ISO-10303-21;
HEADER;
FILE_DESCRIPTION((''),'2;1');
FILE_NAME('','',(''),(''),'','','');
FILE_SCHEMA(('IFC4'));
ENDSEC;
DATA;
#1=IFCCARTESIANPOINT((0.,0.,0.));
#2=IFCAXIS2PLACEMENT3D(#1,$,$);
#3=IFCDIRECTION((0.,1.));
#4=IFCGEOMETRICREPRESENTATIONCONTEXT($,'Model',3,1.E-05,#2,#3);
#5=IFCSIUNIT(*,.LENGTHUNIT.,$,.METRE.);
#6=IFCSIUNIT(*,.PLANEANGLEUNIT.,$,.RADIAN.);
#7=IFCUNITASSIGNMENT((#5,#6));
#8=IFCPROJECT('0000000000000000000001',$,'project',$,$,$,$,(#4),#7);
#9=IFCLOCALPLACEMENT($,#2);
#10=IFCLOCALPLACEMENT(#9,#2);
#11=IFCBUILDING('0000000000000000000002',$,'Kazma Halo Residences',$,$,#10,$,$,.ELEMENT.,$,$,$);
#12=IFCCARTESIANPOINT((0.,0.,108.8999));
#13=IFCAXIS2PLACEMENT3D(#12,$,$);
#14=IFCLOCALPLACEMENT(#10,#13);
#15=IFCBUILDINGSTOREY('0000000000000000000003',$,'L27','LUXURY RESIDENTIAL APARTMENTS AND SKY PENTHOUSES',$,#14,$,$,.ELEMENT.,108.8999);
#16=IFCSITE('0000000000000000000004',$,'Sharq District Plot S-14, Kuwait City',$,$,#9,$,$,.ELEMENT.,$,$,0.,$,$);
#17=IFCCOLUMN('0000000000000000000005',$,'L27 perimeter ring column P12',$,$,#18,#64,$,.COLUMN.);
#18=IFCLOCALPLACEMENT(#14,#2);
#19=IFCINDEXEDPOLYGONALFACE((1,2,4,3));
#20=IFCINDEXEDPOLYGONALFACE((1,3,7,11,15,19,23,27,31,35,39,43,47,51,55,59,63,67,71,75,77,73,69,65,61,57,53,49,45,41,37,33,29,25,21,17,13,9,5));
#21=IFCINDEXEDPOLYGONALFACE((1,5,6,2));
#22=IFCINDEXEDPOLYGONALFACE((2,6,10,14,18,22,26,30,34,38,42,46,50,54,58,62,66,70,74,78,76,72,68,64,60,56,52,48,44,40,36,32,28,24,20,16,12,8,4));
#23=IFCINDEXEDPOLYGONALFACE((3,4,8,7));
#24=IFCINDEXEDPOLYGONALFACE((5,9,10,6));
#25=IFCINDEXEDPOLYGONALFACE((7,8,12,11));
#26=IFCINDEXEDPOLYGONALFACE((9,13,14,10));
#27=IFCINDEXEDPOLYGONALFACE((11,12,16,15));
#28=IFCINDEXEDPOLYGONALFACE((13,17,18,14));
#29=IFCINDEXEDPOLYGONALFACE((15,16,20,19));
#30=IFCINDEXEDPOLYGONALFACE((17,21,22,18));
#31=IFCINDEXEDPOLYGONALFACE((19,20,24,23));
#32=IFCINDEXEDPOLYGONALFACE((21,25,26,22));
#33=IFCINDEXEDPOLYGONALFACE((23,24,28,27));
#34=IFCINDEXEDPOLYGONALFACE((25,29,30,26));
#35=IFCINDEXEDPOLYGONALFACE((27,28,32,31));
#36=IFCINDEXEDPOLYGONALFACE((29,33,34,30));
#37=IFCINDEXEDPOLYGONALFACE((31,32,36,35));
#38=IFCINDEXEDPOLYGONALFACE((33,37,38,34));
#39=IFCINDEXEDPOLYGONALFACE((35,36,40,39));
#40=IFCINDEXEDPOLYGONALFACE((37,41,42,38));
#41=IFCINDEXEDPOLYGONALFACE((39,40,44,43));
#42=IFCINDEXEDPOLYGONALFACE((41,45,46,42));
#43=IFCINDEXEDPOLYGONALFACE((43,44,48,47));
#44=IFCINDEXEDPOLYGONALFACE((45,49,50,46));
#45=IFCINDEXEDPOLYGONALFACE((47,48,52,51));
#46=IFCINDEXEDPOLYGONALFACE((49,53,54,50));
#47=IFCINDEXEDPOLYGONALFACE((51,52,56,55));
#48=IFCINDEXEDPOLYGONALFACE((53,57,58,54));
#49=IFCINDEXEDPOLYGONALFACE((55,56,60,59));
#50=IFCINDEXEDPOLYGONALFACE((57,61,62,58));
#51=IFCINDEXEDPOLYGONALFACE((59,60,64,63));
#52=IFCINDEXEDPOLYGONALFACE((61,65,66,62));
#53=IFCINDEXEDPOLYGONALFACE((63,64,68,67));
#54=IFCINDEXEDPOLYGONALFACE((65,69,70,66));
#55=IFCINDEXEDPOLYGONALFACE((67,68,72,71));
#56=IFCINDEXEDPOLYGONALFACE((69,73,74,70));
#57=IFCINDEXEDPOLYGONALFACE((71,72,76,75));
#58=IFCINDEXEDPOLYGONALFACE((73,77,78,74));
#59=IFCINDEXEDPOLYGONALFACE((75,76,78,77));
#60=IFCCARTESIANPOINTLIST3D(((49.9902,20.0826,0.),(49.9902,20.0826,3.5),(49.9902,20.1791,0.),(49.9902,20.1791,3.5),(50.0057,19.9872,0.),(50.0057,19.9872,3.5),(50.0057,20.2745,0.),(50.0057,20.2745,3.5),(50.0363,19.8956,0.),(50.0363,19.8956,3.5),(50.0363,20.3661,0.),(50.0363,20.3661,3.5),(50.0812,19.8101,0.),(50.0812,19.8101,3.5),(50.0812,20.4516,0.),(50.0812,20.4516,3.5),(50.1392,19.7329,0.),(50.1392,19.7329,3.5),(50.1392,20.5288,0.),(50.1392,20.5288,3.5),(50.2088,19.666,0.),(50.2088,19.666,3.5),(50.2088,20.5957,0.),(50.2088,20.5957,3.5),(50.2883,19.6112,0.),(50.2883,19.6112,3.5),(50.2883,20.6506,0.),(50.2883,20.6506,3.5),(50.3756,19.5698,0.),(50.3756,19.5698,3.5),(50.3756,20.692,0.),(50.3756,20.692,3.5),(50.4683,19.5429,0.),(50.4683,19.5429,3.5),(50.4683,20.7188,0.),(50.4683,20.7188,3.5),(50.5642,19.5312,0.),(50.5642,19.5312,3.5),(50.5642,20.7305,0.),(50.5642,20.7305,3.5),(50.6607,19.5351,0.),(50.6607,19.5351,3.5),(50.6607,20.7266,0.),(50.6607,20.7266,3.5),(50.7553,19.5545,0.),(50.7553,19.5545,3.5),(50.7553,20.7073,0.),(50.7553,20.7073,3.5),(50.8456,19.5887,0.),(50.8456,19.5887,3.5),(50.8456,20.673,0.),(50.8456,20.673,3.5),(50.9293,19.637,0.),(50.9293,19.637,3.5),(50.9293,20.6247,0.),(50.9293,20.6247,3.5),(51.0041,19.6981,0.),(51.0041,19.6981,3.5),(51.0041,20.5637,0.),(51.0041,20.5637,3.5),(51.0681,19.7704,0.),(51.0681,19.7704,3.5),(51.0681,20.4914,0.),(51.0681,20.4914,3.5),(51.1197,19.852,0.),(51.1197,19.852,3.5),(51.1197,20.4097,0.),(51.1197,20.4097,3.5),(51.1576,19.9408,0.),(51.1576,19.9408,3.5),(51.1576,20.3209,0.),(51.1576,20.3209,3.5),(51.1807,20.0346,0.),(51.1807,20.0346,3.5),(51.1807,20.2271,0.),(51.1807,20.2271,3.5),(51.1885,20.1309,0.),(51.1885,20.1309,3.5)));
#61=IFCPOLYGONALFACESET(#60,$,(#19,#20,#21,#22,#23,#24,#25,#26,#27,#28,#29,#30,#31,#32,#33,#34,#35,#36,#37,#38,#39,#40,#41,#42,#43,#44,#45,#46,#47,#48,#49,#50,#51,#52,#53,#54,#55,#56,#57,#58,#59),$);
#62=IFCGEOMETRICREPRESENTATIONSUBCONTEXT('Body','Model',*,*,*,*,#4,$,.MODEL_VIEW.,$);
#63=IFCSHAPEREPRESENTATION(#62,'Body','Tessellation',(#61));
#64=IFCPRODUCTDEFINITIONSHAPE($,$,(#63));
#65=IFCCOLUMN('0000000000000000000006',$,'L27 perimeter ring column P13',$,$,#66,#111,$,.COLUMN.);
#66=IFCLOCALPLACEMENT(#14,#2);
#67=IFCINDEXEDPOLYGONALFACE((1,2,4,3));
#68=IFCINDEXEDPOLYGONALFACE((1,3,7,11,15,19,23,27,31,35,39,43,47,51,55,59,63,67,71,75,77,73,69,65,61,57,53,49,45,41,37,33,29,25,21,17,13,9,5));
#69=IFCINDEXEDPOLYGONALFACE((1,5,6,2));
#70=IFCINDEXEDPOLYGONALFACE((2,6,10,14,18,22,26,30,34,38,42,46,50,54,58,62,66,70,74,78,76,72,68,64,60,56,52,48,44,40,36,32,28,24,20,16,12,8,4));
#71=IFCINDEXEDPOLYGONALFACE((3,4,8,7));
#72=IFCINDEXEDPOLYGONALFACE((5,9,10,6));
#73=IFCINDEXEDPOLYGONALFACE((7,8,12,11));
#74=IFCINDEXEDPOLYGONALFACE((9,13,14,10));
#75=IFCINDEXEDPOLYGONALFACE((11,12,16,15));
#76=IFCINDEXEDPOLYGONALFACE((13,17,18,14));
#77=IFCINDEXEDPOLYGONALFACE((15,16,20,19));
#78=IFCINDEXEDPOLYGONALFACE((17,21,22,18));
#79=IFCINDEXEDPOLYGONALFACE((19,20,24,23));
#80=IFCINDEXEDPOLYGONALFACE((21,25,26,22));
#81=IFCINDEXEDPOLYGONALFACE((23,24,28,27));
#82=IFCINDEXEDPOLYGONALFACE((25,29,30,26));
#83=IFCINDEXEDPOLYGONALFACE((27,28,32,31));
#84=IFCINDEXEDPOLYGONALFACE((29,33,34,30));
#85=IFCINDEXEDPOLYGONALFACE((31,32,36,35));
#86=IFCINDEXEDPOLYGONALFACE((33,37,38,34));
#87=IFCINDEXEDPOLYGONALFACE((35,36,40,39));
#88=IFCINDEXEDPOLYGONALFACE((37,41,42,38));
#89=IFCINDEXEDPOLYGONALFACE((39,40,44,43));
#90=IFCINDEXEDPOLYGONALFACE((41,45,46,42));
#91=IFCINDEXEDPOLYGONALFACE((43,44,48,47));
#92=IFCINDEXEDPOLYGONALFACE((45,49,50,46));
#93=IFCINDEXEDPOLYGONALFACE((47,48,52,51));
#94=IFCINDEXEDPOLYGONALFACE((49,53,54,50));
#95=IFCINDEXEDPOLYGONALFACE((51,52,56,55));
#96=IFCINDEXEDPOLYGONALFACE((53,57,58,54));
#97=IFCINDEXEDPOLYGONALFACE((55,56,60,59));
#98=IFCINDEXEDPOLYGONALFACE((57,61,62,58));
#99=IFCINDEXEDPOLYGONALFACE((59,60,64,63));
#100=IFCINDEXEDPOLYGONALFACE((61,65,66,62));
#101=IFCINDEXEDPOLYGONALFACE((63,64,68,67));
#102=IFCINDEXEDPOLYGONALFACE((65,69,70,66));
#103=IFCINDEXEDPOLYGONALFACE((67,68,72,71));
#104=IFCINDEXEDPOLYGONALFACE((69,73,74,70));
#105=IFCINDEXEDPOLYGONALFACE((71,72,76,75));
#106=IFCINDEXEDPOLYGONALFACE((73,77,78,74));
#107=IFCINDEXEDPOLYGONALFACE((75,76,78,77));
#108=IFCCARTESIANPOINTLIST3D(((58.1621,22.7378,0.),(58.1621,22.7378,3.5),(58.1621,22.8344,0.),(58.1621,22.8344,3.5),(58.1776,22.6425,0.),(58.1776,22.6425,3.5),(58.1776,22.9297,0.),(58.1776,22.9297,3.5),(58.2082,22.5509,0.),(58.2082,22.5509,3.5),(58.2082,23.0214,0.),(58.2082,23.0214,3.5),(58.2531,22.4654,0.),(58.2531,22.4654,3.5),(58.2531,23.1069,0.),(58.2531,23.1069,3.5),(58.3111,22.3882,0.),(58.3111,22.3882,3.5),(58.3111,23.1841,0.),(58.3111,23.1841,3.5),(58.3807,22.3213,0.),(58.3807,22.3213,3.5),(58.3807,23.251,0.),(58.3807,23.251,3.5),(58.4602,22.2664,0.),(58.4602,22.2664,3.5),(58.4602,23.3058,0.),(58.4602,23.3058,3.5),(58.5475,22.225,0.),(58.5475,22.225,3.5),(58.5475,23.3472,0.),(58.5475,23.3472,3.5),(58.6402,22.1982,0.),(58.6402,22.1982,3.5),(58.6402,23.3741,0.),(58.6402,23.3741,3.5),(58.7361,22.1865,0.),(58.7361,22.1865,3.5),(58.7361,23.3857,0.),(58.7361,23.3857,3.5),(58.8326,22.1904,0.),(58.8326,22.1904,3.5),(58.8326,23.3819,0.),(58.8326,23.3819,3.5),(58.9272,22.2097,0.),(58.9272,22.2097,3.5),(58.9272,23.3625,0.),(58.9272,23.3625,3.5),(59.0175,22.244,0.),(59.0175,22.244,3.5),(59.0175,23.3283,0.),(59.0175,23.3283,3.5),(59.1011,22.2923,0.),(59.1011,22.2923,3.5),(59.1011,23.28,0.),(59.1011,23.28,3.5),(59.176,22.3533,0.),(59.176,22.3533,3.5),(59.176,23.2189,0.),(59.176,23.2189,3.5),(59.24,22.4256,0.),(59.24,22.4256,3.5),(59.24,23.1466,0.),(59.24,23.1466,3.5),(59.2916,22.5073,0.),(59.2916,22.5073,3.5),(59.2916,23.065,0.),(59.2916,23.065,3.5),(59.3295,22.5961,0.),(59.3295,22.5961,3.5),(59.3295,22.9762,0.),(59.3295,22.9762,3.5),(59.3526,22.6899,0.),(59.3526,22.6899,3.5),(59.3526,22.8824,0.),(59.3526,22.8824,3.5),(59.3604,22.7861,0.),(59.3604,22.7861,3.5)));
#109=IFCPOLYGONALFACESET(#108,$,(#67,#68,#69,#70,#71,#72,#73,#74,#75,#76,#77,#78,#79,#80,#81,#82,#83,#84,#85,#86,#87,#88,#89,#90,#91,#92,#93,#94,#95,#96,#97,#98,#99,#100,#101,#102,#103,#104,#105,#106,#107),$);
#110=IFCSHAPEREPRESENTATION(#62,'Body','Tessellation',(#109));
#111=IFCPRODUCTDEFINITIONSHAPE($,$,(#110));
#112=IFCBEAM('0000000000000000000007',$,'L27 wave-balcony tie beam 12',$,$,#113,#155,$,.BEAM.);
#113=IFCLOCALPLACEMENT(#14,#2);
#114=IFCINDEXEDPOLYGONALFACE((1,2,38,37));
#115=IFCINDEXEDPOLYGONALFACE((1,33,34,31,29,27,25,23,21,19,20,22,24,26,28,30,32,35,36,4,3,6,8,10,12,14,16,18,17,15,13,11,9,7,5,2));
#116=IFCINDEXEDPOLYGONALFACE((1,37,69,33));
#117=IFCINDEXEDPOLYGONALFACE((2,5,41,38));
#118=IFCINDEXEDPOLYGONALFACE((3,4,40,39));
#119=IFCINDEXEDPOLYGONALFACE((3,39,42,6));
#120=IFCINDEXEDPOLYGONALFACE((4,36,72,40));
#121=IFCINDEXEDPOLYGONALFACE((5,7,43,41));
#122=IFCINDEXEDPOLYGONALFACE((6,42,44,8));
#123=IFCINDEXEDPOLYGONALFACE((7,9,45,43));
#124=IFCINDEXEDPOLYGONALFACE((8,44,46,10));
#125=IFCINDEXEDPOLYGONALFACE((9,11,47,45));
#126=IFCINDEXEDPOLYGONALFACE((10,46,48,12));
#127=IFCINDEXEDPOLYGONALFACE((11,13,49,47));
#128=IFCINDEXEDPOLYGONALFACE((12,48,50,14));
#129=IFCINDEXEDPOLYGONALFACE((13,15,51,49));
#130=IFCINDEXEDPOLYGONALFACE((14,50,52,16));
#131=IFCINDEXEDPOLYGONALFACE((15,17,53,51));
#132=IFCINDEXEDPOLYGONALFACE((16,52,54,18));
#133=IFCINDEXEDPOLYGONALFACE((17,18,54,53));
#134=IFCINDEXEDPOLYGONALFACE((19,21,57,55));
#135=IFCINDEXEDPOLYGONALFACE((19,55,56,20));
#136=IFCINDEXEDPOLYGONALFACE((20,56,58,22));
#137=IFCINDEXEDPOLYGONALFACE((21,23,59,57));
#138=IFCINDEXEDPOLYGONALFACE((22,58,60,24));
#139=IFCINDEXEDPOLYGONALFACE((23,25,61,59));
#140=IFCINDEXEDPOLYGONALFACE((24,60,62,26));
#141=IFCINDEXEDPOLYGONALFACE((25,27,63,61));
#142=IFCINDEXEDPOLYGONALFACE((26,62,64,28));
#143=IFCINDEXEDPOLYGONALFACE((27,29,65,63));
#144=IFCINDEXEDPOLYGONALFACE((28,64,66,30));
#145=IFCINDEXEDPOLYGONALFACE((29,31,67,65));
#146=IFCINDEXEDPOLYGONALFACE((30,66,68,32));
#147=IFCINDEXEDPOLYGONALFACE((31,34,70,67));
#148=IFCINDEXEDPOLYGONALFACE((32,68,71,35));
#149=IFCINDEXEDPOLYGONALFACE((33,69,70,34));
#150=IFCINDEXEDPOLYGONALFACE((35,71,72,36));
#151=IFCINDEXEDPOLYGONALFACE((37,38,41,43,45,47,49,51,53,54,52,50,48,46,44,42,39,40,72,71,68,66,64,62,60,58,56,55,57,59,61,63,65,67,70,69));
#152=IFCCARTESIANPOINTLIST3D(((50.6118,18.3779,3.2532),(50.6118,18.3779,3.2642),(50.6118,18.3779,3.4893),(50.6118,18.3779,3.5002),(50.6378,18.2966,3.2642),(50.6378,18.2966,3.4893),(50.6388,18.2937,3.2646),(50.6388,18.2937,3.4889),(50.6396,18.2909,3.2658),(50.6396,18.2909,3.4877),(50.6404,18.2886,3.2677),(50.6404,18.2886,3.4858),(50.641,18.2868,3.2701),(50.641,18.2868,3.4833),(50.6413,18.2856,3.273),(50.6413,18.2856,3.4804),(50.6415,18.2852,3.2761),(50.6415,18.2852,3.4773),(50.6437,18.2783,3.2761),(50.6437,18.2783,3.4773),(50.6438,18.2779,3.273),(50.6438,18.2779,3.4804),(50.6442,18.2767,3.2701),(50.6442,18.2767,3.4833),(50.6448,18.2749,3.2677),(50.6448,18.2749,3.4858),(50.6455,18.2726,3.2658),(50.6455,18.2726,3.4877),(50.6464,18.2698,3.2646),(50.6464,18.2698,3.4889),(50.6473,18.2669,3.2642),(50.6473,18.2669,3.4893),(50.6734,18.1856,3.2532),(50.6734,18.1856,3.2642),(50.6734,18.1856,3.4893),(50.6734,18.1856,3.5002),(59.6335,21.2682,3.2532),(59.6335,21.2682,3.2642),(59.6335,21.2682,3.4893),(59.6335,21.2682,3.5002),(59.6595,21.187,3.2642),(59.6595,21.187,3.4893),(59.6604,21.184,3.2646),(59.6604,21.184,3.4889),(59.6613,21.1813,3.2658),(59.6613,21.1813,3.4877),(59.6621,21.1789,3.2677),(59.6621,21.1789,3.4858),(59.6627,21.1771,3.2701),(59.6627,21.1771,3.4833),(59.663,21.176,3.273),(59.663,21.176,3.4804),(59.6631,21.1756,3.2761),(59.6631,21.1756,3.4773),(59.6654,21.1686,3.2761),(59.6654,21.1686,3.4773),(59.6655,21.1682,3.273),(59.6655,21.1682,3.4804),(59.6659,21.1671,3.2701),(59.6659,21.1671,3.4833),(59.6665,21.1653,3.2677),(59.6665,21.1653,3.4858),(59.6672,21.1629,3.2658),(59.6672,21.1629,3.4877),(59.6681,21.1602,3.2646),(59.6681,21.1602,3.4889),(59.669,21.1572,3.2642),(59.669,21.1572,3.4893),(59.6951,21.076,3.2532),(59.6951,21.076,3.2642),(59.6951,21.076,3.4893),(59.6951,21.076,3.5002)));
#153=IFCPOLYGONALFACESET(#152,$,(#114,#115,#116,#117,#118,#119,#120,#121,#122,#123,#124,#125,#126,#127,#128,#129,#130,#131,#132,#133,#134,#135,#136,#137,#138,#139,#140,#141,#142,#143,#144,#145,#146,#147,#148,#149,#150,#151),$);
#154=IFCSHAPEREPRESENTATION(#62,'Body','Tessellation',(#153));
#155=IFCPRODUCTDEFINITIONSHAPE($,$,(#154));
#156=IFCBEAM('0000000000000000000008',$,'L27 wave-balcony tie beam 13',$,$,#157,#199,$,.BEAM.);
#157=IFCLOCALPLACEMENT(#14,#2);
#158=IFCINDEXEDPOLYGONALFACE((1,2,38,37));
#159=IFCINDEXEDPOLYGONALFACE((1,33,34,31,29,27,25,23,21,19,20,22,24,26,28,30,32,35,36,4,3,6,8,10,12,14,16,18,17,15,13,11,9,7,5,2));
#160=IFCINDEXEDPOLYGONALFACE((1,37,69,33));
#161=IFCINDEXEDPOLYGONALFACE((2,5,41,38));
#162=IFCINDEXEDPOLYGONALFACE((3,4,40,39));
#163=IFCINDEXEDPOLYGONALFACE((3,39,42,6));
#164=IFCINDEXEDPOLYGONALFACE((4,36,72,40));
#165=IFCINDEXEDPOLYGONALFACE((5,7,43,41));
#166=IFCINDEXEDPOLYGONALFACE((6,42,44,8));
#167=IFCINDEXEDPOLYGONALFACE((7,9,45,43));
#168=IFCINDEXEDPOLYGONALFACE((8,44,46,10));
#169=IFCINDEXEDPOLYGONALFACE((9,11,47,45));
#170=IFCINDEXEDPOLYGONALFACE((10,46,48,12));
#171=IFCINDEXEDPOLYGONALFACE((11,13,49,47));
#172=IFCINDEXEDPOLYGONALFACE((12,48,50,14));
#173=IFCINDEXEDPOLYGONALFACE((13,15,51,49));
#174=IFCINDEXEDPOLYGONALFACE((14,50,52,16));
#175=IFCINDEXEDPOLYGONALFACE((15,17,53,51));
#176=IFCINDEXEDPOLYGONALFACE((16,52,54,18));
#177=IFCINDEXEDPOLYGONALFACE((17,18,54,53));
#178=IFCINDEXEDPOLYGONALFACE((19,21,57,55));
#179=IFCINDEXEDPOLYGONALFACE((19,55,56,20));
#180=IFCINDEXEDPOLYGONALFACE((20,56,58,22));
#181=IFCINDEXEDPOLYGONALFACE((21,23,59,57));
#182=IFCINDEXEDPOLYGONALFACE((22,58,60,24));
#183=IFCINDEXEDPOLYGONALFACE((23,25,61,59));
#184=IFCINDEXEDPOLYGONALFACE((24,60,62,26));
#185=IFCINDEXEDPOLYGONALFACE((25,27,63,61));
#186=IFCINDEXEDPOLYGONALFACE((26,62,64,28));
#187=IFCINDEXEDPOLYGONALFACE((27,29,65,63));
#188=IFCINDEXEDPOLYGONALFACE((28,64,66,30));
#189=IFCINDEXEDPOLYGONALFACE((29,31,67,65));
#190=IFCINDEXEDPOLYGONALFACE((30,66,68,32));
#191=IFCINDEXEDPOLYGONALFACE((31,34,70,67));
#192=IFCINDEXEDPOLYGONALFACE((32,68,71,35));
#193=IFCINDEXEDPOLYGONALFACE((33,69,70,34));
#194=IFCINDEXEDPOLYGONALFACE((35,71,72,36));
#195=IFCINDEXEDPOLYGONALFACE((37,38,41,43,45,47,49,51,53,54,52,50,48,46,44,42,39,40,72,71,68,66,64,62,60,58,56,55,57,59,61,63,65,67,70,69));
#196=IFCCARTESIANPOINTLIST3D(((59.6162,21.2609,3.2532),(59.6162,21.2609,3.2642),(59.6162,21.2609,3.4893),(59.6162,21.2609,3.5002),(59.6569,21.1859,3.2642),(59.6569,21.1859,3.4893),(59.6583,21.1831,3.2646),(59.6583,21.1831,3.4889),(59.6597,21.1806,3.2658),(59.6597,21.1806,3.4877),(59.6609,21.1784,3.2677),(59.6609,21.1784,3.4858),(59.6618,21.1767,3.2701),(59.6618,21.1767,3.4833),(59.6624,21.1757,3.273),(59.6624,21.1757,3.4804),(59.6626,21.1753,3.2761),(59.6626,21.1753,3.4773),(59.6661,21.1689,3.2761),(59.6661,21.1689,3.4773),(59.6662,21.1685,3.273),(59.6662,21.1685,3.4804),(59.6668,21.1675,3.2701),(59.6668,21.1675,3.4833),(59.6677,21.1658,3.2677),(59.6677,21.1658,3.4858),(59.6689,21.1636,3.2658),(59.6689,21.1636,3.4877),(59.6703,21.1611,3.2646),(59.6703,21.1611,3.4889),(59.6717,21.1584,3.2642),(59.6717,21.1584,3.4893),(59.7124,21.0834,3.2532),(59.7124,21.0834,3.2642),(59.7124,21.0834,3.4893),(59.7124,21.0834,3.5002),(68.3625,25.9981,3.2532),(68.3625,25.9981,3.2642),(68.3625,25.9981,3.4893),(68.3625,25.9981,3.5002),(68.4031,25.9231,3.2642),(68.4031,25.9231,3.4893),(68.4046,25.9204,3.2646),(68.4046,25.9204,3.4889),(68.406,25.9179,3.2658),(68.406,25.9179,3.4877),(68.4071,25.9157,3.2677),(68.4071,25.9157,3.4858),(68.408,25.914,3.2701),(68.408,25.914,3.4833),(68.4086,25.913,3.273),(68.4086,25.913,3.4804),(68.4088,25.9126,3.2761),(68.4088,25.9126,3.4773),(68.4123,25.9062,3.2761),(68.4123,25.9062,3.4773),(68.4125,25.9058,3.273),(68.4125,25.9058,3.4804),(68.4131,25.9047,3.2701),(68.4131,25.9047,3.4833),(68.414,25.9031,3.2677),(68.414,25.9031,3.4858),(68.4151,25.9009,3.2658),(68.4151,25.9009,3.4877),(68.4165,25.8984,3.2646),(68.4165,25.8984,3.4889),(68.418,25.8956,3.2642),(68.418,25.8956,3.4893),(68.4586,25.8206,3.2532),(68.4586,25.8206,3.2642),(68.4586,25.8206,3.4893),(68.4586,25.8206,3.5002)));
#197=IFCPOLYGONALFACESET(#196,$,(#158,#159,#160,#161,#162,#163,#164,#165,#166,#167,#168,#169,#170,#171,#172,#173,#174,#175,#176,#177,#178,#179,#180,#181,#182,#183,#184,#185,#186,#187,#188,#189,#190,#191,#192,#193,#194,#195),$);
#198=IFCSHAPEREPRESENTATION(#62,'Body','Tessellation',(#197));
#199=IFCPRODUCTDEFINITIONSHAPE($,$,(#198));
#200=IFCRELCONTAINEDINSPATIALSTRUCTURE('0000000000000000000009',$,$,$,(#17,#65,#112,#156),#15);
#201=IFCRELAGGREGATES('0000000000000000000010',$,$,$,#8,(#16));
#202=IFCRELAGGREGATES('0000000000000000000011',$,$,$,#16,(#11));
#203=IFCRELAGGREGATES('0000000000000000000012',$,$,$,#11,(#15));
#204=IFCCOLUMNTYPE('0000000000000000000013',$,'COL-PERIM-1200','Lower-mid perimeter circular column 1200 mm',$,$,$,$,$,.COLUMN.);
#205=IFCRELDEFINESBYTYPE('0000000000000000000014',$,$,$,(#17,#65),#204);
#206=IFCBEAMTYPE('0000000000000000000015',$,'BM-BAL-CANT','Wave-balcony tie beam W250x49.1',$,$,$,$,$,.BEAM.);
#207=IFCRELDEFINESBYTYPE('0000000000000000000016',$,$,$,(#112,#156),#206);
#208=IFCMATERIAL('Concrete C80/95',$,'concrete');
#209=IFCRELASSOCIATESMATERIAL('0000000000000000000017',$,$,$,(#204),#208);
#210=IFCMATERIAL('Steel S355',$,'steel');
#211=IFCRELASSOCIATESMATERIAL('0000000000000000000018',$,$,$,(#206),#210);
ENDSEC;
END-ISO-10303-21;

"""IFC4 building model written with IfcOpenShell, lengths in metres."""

from ifc_helpers import new_model, si_unit, direction, frame, origin, origin_2d, place, context, subcontext, project, spatial, circle, i_section, extrude, material, material_profile, profile_set, type_object, element, save


model = new_model("IFC4")

# Units and contexts
model_context = context("Model", 3, precision=1e-05, world=origin(), true_north=direction((0.0, 1.0)))
body_context = subcontext(model_context, "Body", "Model", "MODEL_VIEW")
ifc_project = project(units=[si_unit("LENGTHUNIT", "METRE"), si_unit("PLANEANGLEUNIT", "RADIAN")], contexts=[model_context])

# Site, building, storey
site_placement = place(None, origin())
site = spatial("IfcSite", under=ifc_project, at=site_placement, Name="Sharq District Plot S-14, Kuwait City", CompositionType="ELEMENT", RefElevation=0.0)
building_placement = place(site_placement, origin())
building = spatial("IfcBuilding", under=site, at=building_placement, Name="Kazma Halo Residences", CompositionType="ELEMENT")
storey_placement = place(building_placement, frame((0.0, 0.0, 108.8999)))
storey = spatial("IfcBuildingStorey", under=building, at=storey_placement, Name="L27", Description="LUXURY RESIDENTIAL APARTMENTS AND SKY PENTHOUSES", CompositionType="ELEMENT", Elevation=108.8999)

# Columns
ifc_material_1 = material(Name="Concrete C80/95", Category="concrete")
ifc_material_profile_1 = material_profile(ifc_material_1, circle(Radius=0.6001, at=origin_2d()), Name="CIRC1200")
ifc_profile_set_1 = profile_set([ifc_material_profile_1], Name="Concrete C80/95")
column_type = type_object("IfcColumnType", Name="COL-PERIM-1200", Description="Lower-mid perimeter circular column 1200 mm", PredefinedType="COLUMN", material=ifc_profile_set_1)
for number, where, z_axis, x_axis, name in (
    (1, (50.5884, 20.1309, 0.0), (0.0, 0.0, 1.0), (1.0, 0.0, 0.0), "L27 perimeter ring column P12"),
    (2, (58.7603, 22.7861, 0.0), (0.0, 0.0, 1.0), (1.0, 0.0, 0.0), "L27 perimeter ring column P13"),
):
    element("IfcColumn", number, at=place(storey_placement, frame(where, z_axis=z_axis, x_axis=x_axis)), inside=storey, type_object=column_type, Name=name, PredefinedType="COLUMN", context=body_context, shape_type="SweptSolid", body=[
        extrude(circle(Radius=0.6001, at=origin_2d()), origin(), (0.0, 0.0, 1.0), 3.5),
    ])

# Beams
ifc_material_2 = material(Name="Steel S355", Category="steel")
ifc_material_profile_2 = material_profile(ifc_material_2, i_section(OverallWidth=0.2019, OverallDepth=0.2471, WebThickness=0.0073, FlangeThickness=0.011, FilletRadius=0.012, at=origin_2d()), Name="W250x49.1")
ifc_profile_set_2 = profile_set([ifc_material_profile_2], Name="Steel S355")
beam_type_1 = type_object("IfcBeamType", Name="BM-BAL-CANT", Description="Wave-balcony tie beam W250x49.1", PredefinedType="BEAM", material=ifc_profile_set_2)
beam_1_placement = place(storey_placement, frame((50.6426, 18.2817, 3.3767), z_axis=(0.952319, 0.305104, 0.0), x_axis=(-0.305104, 0.952319, 0.0)))
element("IfcBeam", 3, at=beam_1_placement, inside=storey, type_object=beam_type_1, Name="L27 wave-balcony tie beam 12", PredefinedType="BEAM", context=body_context, shape_type="SweptSolid", body=[
    extrude(i_section(OverallWidth=0.2019, OverallDepth=0.2471, WebThickness=0.0073, FlangeThickness=0.011, FilletRadius=0.012, at=origin_2d()), origin(), (0.0, 0.0, 1.0), 9.4734),
])
beam_2_placement = place(storey_placement, frame((59.6643, 21.1721, 3.3767), z_axis=(0.879304, 0.47626, 0.0), x_axis=(-0.47626, 0.879304, 0.0)))
element("IfcBeam", 4, at=beam_2_placement, inside=storey, type_object=beam_type_1, Name="L27 wave-balcony tie beam 13", PredefinedType="BEAM", context=body_context, shape_type="SweptSolid", body=[
    extrude(i_section(OverallWidth=0.2019, OverallDepth=0.2471, WebThickness=0.0073, FlangeThickness=0.011, FilletRadius=0.012, at=origin_2d()), origin(), (0.0, 0.0, 1.0), 9.9468),
])

save(model, "model.ifc")
